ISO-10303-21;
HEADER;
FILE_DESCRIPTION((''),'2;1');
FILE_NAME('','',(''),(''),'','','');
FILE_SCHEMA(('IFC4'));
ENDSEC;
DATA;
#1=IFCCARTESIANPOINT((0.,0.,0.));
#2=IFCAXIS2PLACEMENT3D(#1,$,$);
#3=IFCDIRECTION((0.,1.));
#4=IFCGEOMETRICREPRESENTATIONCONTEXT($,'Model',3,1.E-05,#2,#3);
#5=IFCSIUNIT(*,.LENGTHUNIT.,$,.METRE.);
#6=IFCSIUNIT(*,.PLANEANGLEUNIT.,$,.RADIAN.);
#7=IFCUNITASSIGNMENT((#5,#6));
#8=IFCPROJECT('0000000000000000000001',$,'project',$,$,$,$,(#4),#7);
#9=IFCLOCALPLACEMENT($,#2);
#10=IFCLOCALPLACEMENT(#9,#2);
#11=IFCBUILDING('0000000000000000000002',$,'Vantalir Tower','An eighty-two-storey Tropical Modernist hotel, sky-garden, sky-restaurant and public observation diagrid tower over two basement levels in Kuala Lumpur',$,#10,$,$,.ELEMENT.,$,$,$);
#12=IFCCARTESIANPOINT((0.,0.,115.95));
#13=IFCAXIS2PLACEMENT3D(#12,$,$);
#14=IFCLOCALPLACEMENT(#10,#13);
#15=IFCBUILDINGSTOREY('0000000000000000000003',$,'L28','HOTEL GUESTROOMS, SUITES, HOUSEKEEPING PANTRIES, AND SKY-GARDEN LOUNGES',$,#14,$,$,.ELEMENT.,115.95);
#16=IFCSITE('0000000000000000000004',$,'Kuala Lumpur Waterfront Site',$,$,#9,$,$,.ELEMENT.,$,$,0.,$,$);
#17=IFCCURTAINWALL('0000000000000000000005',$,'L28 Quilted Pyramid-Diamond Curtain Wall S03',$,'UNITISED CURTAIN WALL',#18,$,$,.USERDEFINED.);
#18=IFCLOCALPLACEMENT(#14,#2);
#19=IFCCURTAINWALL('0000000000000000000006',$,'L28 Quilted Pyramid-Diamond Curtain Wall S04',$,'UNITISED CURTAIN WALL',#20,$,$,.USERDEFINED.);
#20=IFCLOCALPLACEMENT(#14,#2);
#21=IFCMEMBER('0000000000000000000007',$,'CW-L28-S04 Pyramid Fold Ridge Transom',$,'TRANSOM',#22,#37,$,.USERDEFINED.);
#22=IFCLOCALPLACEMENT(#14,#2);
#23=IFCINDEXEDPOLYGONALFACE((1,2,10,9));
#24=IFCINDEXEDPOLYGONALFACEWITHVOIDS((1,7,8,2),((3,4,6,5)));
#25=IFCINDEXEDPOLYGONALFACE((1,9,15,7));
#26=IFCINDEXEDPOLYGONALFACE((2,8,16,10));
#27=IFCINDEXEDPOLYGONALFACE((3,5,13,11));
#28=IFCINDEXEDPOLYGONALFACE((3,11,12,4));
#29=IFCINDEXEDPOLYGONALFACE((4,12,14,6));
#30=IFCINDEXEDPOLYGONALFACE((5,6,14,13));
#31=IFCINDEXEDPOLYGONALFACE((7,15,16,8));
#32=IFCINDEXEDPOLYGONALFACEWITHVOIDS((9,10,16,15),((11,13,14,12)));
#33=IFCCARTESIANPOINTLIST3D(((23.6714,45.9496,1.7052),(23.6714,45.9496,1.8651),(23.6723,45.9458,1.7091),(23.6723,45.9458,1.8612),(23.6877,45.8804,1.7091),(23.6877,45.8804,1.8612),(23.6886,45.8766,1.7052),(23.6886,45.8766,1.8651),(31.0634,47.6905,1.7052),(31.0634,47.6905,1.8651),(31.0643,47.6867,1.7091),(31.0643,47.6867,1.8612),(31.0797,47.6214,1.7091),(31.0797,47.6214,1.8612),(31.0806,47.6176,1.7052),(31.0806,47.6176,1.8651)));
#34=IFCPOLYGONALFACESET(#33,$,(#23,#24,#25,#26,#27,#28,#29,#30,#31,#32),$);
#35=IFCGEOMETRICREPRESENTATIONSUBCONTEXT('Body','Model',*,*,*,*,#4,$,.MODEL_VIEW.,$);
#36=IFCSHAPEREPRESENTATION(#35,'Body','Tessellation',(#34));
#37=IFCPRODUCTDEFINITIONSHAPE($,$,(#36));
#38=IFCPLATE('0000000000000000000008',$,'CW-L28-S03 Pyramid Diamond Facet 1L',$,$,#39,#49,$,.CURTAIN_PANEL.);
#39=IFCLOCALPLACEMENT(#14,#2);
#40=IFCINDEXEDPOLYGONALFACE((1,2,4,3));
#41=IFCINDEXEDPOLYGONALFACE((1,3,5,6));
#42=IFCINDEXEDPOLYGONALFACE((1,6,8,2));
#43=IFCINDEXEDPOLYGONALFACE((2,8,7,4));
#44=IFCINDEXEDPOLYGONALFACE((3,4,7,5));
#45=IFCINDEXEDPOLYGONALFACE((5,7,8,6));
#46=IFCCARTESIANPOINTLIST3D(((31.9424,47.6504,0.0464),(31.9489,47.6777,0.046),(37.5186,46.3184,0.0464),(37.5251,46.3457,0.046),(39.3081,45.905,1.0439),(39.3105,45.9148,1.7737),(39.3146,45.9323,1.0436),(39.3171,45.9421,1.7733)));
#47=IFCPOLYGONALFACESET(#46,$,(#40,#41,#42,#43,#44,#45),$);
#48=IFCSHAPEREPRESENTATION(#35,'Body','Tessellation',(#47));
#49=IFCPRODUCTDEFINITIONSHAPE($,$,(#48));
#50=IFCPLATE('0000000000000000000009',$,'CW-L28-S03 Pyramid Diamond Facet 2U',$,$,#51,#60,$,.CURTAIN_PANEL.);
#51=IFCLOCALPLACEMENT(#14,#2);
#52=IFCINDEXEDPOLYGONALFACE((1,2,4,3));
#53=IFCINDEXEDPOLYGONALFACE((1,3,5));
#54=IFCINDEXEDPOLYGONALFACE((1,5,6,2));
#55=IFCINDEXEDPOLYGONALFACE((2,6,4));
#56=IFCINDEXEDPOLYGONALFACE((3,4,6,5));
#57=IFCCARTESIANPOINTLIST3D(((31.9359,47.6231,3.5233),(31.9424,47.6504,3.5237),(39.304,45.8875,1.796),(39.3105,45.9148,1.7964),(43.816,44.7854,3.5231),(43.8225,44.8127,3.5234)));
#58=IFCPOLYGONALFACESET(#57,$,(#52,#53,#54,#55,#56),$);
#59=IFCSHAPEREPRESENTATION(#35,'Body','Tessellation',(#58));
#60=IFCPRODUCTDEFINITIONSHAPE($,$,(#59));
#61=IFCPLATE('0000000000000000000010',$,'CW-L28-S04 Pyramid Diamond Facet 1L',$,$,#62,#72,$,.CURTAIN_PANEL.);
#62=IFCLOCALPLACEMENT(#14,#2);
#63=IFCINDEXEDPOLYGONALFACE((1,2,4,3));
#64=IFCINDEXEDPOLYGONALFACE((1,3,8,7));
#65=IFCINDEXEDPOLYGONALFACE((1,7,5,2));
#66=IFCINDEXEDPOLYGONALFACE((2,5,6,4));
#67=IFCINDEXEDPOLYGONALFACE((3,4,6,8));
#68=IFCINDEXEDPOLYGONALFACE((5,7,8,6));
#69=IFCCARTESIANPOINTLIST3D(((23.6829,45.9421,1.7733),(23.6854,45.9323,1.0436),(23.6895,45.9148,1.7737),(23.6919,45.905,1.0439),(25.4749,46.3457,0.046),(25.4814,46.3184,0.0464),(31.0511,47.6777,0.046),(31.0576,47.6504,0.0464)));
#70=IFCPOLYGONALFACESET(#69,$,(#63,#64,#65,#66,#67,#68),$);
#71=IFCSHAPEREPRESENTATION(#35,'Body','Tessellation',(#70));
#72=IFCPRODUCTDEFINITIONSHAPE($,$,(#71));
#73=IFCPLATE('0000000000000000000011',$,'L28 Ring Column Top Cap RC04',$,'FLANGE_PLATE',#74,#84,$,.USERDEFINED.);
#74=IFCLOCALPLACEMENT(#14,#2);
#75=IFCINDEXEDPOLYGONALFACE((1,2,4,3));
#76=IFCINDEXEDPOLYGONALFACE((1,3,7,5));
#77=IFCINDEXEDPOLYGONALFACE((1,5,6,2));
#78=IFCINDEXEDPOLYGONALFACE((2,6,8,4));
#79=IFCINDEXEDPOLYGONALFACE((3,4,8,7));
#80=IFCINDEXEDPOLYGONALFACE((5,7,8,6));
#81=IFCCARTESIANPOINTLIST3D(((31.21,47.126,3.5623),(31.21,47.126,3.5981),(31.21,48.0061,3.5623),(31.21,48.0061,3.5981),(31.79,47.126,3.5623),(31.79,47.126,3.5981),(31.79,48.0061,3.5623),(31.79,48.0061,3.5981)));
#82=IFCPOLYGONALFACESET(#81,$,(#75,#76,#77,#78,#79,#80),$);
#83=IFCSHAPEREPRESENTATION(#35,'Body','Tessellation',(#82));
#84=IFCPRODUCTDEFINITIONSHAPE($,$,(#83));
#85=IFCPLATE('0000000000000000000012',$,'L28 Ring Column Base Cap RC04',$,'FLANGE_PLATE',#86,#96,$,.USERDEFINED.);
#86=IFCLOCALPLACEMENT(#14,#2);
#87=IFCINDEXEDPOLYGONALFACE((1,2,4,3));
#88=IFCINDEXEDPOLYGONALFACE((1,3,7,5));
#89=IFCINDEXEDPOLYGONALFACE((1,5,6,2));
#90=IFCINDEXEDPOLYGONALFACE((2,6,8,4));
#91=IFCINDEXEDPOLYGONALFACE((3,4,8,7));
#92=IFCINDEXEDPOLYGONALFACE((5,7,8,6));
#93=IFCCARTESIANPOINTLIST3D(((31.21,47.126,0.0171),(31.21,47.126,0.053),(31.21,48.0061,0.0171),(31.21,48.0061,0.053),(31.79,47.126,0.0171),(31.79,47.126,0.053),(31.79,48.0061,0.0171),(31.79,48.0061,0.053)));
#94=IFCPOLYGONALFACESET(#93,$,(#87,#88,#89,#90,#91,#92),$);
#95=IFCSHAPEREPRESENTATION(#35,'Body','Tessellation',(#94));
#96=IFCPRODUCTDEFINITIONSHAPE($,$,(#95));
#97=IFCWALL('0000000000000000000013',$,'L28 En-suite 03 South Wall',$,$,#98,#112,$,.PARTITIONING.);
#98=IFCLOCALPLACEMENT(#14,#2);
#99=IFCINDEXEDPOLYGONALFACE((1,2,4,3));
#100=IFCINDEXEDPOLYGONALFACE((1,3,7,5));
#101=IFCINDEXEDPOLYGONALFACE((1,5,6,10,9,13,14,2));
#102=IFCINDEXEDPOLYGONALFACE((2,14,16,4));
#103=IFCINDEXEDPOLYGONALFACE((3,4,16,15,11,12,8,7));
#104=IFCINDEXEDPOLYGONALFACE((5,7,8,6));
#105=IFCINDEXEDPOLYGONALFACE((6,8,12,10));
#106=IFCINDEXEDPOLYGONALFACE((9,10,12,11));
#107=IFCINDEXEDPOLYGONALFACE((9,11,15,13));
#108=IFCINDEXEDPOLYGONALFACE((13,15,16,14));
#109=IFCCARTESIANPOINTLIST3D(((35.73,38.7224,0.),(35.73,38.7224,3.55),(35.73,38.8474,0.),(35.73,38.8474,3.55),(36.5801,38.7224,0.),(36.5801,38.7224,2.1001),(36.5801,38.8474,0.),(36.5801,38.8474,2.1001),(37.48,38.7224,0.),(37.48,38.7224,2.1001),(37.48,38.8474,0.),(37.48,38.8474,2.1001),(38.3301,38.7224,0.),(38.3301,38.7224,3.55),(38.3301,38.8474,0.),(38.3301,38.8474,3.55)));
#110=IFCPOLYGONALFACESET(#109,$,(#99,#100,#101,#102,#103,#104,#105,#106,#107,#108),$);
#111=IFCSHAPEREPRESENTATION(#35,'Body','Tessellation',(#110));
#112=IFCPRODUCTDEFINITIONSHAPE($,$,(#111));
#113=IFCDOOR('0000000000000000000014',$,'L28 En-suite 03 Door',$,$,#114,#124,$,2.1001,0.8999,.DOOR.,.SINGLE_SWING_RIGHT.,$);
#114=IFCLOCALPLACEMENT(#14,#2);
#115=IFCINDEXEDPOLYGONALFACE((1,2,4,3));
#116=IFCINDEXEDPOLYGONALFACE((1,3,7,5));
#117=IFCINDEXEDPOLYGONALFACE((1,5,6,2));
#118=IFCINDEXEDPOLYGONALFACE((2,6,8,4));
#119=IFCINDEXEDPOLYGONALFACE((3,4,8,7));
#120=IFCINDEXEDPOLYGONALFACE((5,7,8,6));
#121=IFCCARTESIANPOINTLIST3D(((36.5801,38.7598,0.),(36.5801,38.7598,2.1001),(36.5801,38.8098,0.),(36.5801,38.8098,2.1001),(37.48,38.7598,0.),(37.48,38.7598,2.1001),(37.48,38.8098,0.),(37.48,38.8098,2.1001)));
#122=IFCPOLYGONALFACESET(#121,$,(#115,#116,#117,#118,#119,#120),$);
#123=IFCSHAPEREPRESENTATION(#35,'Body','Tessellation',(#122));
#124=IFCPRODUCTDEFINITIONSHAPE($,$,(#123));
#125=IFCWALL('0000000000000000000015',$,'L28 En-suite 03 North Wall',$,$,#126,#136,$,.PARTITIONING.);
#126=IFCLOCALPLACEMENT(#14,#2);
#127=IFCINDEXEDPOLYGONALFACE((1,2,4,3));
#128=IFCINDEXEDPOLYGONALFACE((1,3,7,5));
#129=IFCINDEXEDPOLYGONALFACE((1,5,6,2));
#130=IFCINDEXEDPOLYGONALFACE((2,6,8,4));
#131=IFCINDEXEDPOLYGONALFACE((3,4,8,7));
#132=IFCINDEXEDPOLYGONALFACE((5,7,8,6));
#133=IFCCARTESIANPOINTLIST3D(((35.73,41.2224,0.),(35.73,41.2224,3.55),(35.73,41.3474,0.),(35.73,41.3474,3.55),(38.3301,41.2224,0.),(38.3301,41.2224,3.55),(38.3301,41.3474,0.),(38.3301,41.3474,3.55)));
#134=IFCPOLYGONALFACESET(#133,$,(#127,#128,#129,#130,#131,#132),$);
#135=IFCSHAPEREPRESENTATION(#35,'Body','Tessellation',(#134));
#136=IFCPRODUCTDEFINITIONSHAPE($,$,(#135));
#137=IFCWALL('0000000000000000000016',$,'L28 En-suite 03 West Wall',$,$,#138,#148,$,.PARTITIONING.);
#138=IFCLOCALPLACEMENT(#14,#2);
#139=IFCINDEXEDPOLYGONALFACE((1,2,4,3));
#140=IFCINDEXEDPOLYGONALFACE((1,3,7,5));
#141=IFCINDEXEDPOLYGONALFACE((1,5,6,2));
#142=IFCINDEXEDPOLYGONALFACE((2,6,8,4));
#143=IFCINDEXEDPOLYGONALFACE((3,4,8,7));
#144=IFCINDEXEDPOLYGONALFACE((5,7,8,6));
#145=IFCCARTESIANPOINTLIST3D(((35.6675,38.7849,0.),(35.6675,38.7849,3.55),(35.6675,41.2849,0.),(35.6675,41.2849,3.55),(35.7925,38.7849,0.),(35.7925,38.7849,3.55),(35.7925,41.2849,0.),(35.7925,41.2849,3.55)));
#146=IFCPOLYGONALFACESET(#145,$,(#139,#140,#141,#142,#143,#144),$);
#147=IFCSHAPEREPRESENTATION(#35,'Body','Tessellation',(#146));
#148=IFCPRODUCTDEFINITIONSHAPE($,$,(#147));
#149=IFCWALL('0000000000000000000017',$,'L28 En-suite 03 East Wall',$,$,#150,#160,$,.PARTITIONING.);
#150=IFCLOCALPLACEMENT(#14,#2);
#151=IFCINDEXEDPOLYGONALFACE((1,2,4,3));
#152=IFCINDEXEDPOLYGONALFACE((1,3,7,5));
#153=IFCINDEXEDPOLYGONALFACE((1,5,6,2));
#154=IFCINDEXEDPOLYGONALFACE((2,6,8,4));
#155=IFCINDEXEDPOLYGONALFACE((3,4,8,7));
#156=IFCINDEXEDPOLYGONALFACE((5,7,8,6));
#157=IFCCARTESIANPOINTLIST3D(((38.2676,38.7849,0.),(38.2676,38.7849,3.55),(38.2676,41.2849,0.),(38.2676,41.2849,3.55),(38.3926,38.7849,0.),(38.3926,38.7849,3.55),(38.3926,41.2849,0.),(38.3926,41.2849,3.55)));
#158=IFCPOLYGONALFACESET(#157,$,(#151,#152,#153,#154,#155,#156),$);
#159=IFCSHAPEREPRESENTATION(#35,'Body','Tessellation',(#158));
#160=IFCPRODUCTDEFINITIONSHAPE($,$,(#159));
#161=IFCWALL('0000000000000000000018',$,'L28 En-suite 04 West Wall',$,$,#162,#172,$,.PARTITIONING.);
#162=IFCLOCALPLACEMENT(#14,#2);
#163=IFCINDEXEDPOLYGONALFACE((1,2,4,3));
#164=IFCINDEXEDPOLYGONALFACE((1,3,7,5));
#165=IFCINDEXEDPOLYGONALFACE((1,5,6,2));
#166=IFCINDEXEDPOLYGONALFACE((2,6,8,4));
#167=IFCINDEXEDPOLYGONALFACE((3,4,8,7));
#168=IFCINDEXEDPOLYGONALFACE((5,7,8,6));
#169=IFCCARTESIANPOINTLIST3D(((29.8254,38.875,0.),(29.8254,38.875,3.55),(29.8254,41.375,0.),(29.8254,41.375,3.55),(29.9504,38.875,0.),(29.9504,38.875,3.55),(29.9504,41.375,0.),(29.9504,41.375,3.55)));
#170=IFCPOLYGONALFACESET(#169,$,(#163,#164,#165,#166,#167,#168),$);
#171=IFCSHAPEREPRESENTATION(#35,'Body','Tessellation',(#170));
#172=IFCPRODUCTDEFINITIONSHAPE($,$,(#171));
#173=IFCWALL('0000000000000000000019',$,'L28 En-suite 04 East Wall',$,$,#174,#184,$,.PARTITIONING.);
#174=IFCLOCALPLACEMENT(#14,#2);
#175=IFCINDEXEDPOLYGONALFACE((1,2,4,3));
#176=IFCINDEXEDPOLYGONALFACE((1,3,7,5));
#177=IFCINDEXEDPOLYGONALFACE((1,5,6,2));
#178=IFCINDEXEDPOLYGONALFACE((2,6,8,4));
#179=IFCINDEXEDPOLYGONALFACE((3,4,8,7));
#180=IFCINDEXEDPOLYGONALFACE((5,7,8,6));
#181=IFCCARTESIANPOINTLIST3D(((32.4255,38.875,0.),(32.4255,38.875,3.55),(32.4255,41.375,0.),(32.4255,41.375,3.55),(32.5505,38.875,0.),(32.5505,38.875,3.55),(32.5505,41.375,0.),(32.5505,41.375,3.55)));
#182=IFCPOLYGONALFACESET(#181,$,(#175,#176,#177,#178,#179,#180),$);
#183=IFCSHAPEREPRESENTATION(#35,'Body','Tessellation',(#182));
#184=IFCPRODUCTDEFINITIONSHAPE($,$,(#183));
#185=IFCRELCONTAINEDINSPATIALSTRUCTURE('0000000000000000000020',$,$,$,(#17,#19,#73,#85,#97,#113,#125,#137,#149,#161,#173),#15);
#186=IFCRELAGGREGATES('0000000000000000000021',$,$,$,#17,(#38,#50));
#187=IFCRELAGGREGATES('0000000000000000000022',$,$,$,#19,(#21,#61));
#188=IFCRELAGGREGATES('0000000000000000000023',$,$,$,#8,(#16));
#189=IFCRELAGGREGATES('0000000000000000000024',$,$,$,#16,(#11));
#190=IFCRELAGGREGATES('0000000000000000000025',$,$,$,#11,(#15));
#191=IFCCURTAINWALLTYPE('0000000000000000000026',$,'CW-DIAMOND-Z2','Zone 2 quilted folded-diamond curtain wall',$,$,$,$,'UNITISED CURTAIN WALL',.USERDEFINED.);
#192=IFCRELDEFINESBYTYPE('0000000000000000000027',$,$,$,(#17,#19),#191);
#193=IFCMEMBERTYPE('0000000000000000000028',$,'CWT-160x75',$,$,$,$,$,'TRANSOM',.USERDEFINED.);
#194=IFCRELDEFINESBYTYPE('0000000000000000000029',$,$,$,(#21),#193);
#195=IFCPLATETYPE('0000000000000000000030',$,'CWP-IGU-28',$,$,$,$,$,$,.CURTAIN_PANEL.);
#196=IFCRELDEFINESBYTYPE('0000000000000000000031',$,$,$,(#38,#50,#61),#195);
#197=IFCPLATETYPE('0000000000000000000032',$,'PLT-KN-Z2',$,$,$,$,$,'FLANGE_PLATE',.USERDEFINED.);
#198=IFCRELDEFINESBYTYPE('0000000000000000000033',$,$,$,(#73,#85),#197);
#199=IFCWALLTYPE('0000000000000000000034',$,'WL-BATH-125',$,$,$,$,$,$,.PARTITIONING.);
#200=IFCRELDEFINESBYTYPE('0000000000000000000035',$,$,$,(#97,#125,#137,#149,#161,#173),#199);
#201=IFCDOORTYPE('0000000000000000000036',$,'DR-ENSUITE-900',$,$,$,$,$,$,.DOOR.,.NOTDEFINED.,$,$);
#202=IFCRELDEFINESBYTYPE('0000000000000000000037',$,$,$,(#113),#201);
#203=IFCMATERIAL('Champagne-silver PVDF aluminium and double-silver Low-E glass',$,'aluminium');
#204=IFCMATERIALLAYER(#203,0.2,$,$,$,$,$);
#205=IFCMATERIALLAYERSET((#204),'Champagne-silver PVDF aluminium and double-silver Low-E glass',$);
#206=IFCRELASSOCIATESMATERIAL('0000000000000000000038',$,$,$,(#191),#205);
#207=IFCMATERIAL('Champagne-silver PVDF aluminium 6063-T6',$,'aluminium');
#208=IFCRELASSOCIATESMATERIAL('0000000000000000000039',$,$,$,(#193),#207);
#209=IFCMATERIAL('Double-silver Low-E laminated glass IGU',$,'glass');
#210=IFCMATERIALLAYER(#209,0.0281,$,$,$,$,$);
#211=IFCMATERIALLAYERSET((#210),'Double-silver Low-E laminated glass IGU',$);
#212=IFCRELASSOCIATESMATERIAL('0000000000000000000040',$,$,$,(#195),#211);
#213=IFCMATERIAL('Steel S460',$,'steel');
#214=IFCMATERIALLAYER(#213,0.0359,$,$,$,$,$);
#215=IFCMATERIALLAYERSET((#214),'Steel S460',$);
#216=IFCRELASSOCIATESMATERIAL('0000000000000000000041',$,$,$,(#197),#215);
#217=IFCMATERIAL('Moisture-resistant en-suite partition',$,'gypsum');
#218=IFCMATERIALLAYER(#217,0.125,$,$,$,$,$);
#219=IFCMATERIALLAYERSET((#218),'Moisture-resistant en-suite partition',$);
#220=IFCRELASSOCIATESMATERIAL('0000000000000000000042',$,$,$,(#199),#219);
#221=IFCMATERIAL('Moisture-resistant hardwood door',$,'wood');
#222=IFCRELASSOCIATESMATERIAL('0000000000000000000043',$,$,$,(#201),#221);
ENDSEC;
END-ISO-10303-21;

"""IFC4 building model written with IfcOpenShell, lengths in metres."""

from ifc_helpers import new_model, si_unit, direction, frame, frame_2d, origin, origin_2d, place, context, subcontext, project, spatial, polyline, rectangle, hollow_rectangle, outline, extrude, material, layer, layer_set, material_profile, profile_set, type_object, element, fill, aggregate, save


model = new_model("IFC4")

# Units and contexts
model_context = context("Model", 3, precision=1e-05, world=origin(), true_north=direction((0.0, 1.0)))
body_context = subcontext(model_context, "Body", "Model", "MODEL_VIEW")
ifc_project = project(units=[si_unit("LENGTHUNIT", "METRE"), si_unit("PLANEANGLEUNIT", "RADIAN")], contexts=[model_context])

# Site, building, storey
site_placement = place(None, origin())
site = spatial("IfcSite", under=ifc_project, at=site_placement, Name="Kuala Lumpur Waterfront Site", CompositionType="ELEMENT", RefElevation=0.0)
building_placement = place(site_placement, origin())
building = spatial("IfcBuilding", under=site, at=building_placement, Name="Vantalir Tower", Description="An eighty-two-storey Tropical Modernist hotel, sky-garden, sky-restaurant and public observation diagrid tower over two basement levels in Kuala Lumpur", CompositionType="ELEMENT")
storey_placement = place(building_placement, frame((0.0, 0.0, 115.95)))
storey = spatial("IfcBuildingStorey", under=building, at=storey_placement, Name="L28", Description="HOTEL GUESTROOMS, SUITES, HOUSEKEEPING PANTRIES, AND SKY-GARDEN LOUNGES", CompositionType="ELEMENT", Elevation=115.95)

# Shared definitions
ifc_material_1 = material(Name="Steel S460", Category="steel")

# Curtain wall
ifc_material_2 = material(Name="Champagne-silver PVDF aluminium and double-silver Low-E glass", Category="aluminium")
ifc_layer_1 = layer(ifc_material_2, 0.2)
ifc_layer_set_1 = layer_set([ifc_layer_1], Name="Champagne-silver PVDF aluminium and double-silver Low-E glass")
curtain_wall_type = type_object("IfcCurtainWallType", Name="CW-DIAMOND-Z2", Description="Zone 2 quilted folded-diamond curtain wall", ElementType="UNITISED CURTAIN WALL", PredefinedType="USERDEFINED", material=ifc_layer_set_1)
curtain_wall_1_placement = place(storey_placement, origin())
curtain_wall_1 = element("IfcCurtainWall", 1, at=curtain_wall_1_placement, inside=storey, type_object=curtain_wall_type, Name="L28 Quilted Pyramid-Diamond Curtain Wall S03", ObjectType="UNITISED CURTAIN WALL", PredefinedType="USERDEFINED")
ifc_material_3 = material(Name="Champagne-silver PVDF aluminium 6063-T6", Category="aluminium")

# Curtain wall, member
curtain_wall_2_placement = place(storey_placement, origin())
curtain_wall_2 = element("IfcCurtainWall", 2, at=curtain_wall_2_placement, inside=storey, type_object=curtain_wall_type, Name="L28 Quilted Pyramid-Diamond Curtain Wall S04", ObjectType="UNITISED CURTAIN WALL", PredefinedType="USERDEFINED")
ifc_material_profile_1 = material_profile(ifc_material_3, hollow_rectangle(XDim=0.075, YDim=0.1599, WallThickness=0.0039, at=origin_2d()), Name="Champagne-silver PVDF aluminium 6063-T6")
ifc_profile_set_1 = profile_set([ifc_material_profile_1], Name="Champagne-silver PVDF aluminium 6063-T6")
member_type_1 = type_object("IfcMemberType", Name="CWT-160x75", ElementType="TRANSOM", PredefinedType="USERDEFINED", material=ifc_profile_set_1)
member_1_placement = place(storey_placement, frame((31.072, 47.6541, 1.7852), z_axis=(-0.973369, -0.229245, 0.0), x_axis=(0.229245, -0.973369, 0.0)))
member_1 = element("IfcMember", 3, at=member_1_placement, type_object=member_type_1, Name="CW-L28-S04 Pyramid Fold Ridge Transom", ObjectType="TRANSOM", PredefinedType="USERDEFINED", context=body_context, shape_type="SweptSolid", body=[
    extrude(hollow_rectangle(XDim=0.075, YDim=0.1599, WallThickness=0.0039, at=origin_2d()), origin(), (0.0, 0.0, 1.0), 7.5942),
])

# Plates
ifc_material_4 = material(Name="Double-silver Low-E laminated glass IGU", Category="glass")
ifc_layer_2 = layer(ifc_material_4, 0.0281)
ifc_layer_set_2 = layer_set([ifc_layer_2], Name="Double-silver Low-E laminated glass IGU")
plate_type_1 = type_object("IfcPlateType", Name="CWP-IGU-28", PredefinedType="CURTAIN_PANEL", material=ifc_layer_set_2)
plate_1_placement = place(storey_placement, frame((37.5186, 46.3184, 0.0464), z_axis=(-0.232319, -0.972542, 0.013797), x_axis=(-0.972634, 0.232341, 0.0)))
plate_1 = element("IfcPlate", 4, at=plate_1_placement, type_object=plate_type_1, Name="CW-L28-S03 Pyramid Diamond Facet 1L", PredefinedType="CURTAIN_PANEL", context=body_context, shape_type="SweptSolid", body=[
    extrude(outline(polyline([(0.0, 0.0), (5.7331, 0.0), (-1.8367, -1.7275), (-1.8366, -0.9977), (0.0, 0.0)])), origin(), (0.0, 0.0, -1.0), 0.0281),
])
plate_2_placement = place(storey_placement, frame((31.9424, 47.6504, 3.5237), z_axis=(0.2323, 0.972548, 0.013705), x_axis=(0.972639, -0.232321, -0.00002)))
plate_2 = element("IfcPlate", 5, at=plate_2_placement, type_object=plate_type_1, Name="CW-L28-S03 Pyramid Diamond Facet 2U", PredefinedType="CURTAIN_PANEL", context=body_context, shape_type="SweptSolid", body=[
    extrude(outline(polyline([(0.0, 0.0), (12.2143, 0.0), (7.5698, 1.7273), (0.0, 0.0)])), origin(), (0.0, 0.0, -1.0), 0.0281),
])
aggregate(curtain_wall_1, [plate_1, plate_2])
plate_3_placement = place(storey_placement, frame((31.0576, 47.6504, 0.0464), z_axis=(0.232319, -0.972542, 0.013797), x_axis=(-0.972634, -0.232341, 0.0)))
plate_3 = element("IfcPlate", 6, at=plate_3_placement, type_object=plate_type_1, Name="CW-L28-S04 Pyramid Diamond Facet 1L", PredefinedType="CURTAIN_PANEL", context=body_context, shape_type="SweptSolid", body=[
    extrude(outline(polyline([(0.0, 0.0), (5.7331, 0.0), (7.5697, -0.9977), (7.5698, -1.7275), (0.0, 0.0)])), origin(), (0.0, 0.0, -1.0), 0.0281),
])
aggregate(curtain_wall_2, [member_1, plate_3])

# Plates
ifc_layer_3 = layer(ifc_material_1, 0.0359)
ifc_layer_set_3 = layer_set([ifc_layer_3], Name="Steel S460")
plate_type_2 = type_object("IfcPlateType", Name="PLT-KN-Z2", ElementType="FLANGE_PLATE", PredefinedType="USERDEFINED", material=ifc_layer_set_3)
for number, where, z_axis, x_axis, name in (
    (7, (31.21, 48.0061, 3.5981), (0.0, 0.0, 1.0), (0.0, -1.0, 0.0), "L28 Ring Column Top Cap RC04"),
    (8, (31.21, 48.0061, 0.053), (0.0, 0.0, 1.0), (0.0, -1.0, 0.0), "L28 Ring Column Base Cap RC04"),
):
    element("IfcPlate", number, at=place(storey_placement, frame(where, z_axis=z_axis, x_axis=x_axis)), inside=storey, type_object=plate_type_2, Name=name, ObjectType="FLANGE_PLATE", PredefinedType="USERDEFINED", context=body_context, shape_type="SweptSolid", body=[
        extrude(outline(polyline([(0.0, 0.0), (0.8801, 0.0), (0.8801, 0.5801), (0.0, 0.5801), (0.0, 0.0)])), origin(), (0.0, 0.0, -1.0), 0.0359),
    ])

# Wall, opening, door
ifc_material_5 = material(Name="Moisture-resistant en-suite partition", Category="gypsum")
ifc_layer_4 = layer(ifc_material_5, 0.125)
ifc_layer_set_4 = layer_set([ifc_layer_4], Name="Moisture-resistant en-suite partition")
wall_type_1 = type_object("IfcWallType", Name="WL-BATH-125", PredefinedType="PARTITIONING", material=ifc_layer_set_4)
wall_1_placement = place(storey_placement, frame((35.73, 38.7849, 0.0), z_axis=(0.0, 0.0, 1.0), x_axis=(1.0, 0.0, 0.0)))
wall_1 = element("IfcWall", 9, at=wall_1_placement, inside=storey, type_object=wall_type_1, Name="L28 En-suite 03 South Wall", PredefinedType="PARTITIONING", context=body_context, shape_type="SweptSolid", body=[
    extrude(rectangle(XDim=2.6001, YDim=0.125, at=frame_2d((1.3, 0.0))), origin(), (0.0, 0.0, 1.0), 3.55),
])
opening_1_placement = place(wall_1_placement, frame((0.8501, 0.0, 0.0)))
opening_1 = element("IfcOpeningElement", 10, at=opening_1_placement, cuts=wall_1, PredefinedType="OPENING", context=body_context, shape_type="SweptSolid", body=[
    extrude(rectangle(XDim=0.8999, YDim=2.1001, at=frame_2d((0.45, 1.05))), frame((0.0, 0.0725, 0.0), z_axis=(0.0, -1.0, 0.0), x_axis=(1.0, 0.0, 0.0)), (0.0, 0.0, 1.0), 0.145),
])
ifc_material_6 = material(Name="Moisture-resistant hardwood door", Category="wood")
door_type_1 = type_object("IfcDoorType", Name="DR-ENSUITE-900", OperationType="NOTDEFINED", PredefinedType="DOOR", material=ifc_material_6)
door_1_placement = place(opening_1_placement, origin())
door_1 = element("IfcDoor", 11, at=door_1_placement, inside=storey, type_object=door_type_1, Name="L28 En-suite 03 Door", OperationType="SINGLE_SWING_RIGHT", OverallHeight=2.1001, OverallWidth=0.8999, PredefinedType="DOOR", context=body_context, shape_type="SweptSolid", body=[
    extrude(rectangle(XDim=0.8999, YDim=2.1001, at=frame_2d((0.45, 1.05))), frame((0.0, 0.0249, 0.0), z_axis=(0.0, -1.0, 0.0), x_axis=(1.0, 0.0, 0.0)), (0.0, 0.0, 1.0), 0.05),
])
fill(opening_1, door_1)

# Walls
wall_2_placement = place(storey_placement, frame((35.73, 41.2849, 0.0), z_axis=(0.0, 0.0, 1.0), x_axis=(1.0, 0.0, 0.0)))
element("IfcWall", 12, at=wall_2_placement, inside=storey, type_object=wall_type_1, Name="L28 En-suite 03 North Wall", PredefinedType="PARTITIONING", context=body_context, shape_type="SweptSolid", body=[
    extrude(rectangle(XDim=2.6001, YDim=0.125, at=frame_2d((1.3, 0.0))), origin(), (0.0, 0.0, 1.0), 3.55),
])
for number, where, z_axis, x_axis, name in (
    (13, (35.73, 38.7849, 0.0), (0.0, 0.0, 1.0), (0.0, 1.0, 0.0), "L28 En-suite 03 West Wall"),
    (14, (38.3301, 38.7849, 0.0), (0.0, 0.0, 1.0), (0.0, 1.0, 0.0), "L28 En-suite 03 East Wall"),
    (15, (29.8879, 38.875, 0.0), (0.0, 0.0, 1.0), (0.0, 1.0, 0.0), "L28 En-suite 04 West Wall"),
    (16, (32.488, 38.875, 0.0), (0.0, 0.0, 1.0), (0.0, 1.0, 0.0), "L28 En-suite 04 East Wall"),
):
    element("IfcWall", number, at=place(storey_placement, frame(where, z_axis=z_axis, x_axis=x_axis)), inside=storey, type_object=wall_type_1, Name=name, PredefinedType="PARTITIONING", context=body_context, shape_type="SweptSolid", body=[
        extrude(rectangle(XDim=2.5, YDim=0.125, at=frame_2d((1.25, 0.0))), origin(), (0.0, 0.0, 1.0), 3.55),
    ])

save(model, "model.ifc")
